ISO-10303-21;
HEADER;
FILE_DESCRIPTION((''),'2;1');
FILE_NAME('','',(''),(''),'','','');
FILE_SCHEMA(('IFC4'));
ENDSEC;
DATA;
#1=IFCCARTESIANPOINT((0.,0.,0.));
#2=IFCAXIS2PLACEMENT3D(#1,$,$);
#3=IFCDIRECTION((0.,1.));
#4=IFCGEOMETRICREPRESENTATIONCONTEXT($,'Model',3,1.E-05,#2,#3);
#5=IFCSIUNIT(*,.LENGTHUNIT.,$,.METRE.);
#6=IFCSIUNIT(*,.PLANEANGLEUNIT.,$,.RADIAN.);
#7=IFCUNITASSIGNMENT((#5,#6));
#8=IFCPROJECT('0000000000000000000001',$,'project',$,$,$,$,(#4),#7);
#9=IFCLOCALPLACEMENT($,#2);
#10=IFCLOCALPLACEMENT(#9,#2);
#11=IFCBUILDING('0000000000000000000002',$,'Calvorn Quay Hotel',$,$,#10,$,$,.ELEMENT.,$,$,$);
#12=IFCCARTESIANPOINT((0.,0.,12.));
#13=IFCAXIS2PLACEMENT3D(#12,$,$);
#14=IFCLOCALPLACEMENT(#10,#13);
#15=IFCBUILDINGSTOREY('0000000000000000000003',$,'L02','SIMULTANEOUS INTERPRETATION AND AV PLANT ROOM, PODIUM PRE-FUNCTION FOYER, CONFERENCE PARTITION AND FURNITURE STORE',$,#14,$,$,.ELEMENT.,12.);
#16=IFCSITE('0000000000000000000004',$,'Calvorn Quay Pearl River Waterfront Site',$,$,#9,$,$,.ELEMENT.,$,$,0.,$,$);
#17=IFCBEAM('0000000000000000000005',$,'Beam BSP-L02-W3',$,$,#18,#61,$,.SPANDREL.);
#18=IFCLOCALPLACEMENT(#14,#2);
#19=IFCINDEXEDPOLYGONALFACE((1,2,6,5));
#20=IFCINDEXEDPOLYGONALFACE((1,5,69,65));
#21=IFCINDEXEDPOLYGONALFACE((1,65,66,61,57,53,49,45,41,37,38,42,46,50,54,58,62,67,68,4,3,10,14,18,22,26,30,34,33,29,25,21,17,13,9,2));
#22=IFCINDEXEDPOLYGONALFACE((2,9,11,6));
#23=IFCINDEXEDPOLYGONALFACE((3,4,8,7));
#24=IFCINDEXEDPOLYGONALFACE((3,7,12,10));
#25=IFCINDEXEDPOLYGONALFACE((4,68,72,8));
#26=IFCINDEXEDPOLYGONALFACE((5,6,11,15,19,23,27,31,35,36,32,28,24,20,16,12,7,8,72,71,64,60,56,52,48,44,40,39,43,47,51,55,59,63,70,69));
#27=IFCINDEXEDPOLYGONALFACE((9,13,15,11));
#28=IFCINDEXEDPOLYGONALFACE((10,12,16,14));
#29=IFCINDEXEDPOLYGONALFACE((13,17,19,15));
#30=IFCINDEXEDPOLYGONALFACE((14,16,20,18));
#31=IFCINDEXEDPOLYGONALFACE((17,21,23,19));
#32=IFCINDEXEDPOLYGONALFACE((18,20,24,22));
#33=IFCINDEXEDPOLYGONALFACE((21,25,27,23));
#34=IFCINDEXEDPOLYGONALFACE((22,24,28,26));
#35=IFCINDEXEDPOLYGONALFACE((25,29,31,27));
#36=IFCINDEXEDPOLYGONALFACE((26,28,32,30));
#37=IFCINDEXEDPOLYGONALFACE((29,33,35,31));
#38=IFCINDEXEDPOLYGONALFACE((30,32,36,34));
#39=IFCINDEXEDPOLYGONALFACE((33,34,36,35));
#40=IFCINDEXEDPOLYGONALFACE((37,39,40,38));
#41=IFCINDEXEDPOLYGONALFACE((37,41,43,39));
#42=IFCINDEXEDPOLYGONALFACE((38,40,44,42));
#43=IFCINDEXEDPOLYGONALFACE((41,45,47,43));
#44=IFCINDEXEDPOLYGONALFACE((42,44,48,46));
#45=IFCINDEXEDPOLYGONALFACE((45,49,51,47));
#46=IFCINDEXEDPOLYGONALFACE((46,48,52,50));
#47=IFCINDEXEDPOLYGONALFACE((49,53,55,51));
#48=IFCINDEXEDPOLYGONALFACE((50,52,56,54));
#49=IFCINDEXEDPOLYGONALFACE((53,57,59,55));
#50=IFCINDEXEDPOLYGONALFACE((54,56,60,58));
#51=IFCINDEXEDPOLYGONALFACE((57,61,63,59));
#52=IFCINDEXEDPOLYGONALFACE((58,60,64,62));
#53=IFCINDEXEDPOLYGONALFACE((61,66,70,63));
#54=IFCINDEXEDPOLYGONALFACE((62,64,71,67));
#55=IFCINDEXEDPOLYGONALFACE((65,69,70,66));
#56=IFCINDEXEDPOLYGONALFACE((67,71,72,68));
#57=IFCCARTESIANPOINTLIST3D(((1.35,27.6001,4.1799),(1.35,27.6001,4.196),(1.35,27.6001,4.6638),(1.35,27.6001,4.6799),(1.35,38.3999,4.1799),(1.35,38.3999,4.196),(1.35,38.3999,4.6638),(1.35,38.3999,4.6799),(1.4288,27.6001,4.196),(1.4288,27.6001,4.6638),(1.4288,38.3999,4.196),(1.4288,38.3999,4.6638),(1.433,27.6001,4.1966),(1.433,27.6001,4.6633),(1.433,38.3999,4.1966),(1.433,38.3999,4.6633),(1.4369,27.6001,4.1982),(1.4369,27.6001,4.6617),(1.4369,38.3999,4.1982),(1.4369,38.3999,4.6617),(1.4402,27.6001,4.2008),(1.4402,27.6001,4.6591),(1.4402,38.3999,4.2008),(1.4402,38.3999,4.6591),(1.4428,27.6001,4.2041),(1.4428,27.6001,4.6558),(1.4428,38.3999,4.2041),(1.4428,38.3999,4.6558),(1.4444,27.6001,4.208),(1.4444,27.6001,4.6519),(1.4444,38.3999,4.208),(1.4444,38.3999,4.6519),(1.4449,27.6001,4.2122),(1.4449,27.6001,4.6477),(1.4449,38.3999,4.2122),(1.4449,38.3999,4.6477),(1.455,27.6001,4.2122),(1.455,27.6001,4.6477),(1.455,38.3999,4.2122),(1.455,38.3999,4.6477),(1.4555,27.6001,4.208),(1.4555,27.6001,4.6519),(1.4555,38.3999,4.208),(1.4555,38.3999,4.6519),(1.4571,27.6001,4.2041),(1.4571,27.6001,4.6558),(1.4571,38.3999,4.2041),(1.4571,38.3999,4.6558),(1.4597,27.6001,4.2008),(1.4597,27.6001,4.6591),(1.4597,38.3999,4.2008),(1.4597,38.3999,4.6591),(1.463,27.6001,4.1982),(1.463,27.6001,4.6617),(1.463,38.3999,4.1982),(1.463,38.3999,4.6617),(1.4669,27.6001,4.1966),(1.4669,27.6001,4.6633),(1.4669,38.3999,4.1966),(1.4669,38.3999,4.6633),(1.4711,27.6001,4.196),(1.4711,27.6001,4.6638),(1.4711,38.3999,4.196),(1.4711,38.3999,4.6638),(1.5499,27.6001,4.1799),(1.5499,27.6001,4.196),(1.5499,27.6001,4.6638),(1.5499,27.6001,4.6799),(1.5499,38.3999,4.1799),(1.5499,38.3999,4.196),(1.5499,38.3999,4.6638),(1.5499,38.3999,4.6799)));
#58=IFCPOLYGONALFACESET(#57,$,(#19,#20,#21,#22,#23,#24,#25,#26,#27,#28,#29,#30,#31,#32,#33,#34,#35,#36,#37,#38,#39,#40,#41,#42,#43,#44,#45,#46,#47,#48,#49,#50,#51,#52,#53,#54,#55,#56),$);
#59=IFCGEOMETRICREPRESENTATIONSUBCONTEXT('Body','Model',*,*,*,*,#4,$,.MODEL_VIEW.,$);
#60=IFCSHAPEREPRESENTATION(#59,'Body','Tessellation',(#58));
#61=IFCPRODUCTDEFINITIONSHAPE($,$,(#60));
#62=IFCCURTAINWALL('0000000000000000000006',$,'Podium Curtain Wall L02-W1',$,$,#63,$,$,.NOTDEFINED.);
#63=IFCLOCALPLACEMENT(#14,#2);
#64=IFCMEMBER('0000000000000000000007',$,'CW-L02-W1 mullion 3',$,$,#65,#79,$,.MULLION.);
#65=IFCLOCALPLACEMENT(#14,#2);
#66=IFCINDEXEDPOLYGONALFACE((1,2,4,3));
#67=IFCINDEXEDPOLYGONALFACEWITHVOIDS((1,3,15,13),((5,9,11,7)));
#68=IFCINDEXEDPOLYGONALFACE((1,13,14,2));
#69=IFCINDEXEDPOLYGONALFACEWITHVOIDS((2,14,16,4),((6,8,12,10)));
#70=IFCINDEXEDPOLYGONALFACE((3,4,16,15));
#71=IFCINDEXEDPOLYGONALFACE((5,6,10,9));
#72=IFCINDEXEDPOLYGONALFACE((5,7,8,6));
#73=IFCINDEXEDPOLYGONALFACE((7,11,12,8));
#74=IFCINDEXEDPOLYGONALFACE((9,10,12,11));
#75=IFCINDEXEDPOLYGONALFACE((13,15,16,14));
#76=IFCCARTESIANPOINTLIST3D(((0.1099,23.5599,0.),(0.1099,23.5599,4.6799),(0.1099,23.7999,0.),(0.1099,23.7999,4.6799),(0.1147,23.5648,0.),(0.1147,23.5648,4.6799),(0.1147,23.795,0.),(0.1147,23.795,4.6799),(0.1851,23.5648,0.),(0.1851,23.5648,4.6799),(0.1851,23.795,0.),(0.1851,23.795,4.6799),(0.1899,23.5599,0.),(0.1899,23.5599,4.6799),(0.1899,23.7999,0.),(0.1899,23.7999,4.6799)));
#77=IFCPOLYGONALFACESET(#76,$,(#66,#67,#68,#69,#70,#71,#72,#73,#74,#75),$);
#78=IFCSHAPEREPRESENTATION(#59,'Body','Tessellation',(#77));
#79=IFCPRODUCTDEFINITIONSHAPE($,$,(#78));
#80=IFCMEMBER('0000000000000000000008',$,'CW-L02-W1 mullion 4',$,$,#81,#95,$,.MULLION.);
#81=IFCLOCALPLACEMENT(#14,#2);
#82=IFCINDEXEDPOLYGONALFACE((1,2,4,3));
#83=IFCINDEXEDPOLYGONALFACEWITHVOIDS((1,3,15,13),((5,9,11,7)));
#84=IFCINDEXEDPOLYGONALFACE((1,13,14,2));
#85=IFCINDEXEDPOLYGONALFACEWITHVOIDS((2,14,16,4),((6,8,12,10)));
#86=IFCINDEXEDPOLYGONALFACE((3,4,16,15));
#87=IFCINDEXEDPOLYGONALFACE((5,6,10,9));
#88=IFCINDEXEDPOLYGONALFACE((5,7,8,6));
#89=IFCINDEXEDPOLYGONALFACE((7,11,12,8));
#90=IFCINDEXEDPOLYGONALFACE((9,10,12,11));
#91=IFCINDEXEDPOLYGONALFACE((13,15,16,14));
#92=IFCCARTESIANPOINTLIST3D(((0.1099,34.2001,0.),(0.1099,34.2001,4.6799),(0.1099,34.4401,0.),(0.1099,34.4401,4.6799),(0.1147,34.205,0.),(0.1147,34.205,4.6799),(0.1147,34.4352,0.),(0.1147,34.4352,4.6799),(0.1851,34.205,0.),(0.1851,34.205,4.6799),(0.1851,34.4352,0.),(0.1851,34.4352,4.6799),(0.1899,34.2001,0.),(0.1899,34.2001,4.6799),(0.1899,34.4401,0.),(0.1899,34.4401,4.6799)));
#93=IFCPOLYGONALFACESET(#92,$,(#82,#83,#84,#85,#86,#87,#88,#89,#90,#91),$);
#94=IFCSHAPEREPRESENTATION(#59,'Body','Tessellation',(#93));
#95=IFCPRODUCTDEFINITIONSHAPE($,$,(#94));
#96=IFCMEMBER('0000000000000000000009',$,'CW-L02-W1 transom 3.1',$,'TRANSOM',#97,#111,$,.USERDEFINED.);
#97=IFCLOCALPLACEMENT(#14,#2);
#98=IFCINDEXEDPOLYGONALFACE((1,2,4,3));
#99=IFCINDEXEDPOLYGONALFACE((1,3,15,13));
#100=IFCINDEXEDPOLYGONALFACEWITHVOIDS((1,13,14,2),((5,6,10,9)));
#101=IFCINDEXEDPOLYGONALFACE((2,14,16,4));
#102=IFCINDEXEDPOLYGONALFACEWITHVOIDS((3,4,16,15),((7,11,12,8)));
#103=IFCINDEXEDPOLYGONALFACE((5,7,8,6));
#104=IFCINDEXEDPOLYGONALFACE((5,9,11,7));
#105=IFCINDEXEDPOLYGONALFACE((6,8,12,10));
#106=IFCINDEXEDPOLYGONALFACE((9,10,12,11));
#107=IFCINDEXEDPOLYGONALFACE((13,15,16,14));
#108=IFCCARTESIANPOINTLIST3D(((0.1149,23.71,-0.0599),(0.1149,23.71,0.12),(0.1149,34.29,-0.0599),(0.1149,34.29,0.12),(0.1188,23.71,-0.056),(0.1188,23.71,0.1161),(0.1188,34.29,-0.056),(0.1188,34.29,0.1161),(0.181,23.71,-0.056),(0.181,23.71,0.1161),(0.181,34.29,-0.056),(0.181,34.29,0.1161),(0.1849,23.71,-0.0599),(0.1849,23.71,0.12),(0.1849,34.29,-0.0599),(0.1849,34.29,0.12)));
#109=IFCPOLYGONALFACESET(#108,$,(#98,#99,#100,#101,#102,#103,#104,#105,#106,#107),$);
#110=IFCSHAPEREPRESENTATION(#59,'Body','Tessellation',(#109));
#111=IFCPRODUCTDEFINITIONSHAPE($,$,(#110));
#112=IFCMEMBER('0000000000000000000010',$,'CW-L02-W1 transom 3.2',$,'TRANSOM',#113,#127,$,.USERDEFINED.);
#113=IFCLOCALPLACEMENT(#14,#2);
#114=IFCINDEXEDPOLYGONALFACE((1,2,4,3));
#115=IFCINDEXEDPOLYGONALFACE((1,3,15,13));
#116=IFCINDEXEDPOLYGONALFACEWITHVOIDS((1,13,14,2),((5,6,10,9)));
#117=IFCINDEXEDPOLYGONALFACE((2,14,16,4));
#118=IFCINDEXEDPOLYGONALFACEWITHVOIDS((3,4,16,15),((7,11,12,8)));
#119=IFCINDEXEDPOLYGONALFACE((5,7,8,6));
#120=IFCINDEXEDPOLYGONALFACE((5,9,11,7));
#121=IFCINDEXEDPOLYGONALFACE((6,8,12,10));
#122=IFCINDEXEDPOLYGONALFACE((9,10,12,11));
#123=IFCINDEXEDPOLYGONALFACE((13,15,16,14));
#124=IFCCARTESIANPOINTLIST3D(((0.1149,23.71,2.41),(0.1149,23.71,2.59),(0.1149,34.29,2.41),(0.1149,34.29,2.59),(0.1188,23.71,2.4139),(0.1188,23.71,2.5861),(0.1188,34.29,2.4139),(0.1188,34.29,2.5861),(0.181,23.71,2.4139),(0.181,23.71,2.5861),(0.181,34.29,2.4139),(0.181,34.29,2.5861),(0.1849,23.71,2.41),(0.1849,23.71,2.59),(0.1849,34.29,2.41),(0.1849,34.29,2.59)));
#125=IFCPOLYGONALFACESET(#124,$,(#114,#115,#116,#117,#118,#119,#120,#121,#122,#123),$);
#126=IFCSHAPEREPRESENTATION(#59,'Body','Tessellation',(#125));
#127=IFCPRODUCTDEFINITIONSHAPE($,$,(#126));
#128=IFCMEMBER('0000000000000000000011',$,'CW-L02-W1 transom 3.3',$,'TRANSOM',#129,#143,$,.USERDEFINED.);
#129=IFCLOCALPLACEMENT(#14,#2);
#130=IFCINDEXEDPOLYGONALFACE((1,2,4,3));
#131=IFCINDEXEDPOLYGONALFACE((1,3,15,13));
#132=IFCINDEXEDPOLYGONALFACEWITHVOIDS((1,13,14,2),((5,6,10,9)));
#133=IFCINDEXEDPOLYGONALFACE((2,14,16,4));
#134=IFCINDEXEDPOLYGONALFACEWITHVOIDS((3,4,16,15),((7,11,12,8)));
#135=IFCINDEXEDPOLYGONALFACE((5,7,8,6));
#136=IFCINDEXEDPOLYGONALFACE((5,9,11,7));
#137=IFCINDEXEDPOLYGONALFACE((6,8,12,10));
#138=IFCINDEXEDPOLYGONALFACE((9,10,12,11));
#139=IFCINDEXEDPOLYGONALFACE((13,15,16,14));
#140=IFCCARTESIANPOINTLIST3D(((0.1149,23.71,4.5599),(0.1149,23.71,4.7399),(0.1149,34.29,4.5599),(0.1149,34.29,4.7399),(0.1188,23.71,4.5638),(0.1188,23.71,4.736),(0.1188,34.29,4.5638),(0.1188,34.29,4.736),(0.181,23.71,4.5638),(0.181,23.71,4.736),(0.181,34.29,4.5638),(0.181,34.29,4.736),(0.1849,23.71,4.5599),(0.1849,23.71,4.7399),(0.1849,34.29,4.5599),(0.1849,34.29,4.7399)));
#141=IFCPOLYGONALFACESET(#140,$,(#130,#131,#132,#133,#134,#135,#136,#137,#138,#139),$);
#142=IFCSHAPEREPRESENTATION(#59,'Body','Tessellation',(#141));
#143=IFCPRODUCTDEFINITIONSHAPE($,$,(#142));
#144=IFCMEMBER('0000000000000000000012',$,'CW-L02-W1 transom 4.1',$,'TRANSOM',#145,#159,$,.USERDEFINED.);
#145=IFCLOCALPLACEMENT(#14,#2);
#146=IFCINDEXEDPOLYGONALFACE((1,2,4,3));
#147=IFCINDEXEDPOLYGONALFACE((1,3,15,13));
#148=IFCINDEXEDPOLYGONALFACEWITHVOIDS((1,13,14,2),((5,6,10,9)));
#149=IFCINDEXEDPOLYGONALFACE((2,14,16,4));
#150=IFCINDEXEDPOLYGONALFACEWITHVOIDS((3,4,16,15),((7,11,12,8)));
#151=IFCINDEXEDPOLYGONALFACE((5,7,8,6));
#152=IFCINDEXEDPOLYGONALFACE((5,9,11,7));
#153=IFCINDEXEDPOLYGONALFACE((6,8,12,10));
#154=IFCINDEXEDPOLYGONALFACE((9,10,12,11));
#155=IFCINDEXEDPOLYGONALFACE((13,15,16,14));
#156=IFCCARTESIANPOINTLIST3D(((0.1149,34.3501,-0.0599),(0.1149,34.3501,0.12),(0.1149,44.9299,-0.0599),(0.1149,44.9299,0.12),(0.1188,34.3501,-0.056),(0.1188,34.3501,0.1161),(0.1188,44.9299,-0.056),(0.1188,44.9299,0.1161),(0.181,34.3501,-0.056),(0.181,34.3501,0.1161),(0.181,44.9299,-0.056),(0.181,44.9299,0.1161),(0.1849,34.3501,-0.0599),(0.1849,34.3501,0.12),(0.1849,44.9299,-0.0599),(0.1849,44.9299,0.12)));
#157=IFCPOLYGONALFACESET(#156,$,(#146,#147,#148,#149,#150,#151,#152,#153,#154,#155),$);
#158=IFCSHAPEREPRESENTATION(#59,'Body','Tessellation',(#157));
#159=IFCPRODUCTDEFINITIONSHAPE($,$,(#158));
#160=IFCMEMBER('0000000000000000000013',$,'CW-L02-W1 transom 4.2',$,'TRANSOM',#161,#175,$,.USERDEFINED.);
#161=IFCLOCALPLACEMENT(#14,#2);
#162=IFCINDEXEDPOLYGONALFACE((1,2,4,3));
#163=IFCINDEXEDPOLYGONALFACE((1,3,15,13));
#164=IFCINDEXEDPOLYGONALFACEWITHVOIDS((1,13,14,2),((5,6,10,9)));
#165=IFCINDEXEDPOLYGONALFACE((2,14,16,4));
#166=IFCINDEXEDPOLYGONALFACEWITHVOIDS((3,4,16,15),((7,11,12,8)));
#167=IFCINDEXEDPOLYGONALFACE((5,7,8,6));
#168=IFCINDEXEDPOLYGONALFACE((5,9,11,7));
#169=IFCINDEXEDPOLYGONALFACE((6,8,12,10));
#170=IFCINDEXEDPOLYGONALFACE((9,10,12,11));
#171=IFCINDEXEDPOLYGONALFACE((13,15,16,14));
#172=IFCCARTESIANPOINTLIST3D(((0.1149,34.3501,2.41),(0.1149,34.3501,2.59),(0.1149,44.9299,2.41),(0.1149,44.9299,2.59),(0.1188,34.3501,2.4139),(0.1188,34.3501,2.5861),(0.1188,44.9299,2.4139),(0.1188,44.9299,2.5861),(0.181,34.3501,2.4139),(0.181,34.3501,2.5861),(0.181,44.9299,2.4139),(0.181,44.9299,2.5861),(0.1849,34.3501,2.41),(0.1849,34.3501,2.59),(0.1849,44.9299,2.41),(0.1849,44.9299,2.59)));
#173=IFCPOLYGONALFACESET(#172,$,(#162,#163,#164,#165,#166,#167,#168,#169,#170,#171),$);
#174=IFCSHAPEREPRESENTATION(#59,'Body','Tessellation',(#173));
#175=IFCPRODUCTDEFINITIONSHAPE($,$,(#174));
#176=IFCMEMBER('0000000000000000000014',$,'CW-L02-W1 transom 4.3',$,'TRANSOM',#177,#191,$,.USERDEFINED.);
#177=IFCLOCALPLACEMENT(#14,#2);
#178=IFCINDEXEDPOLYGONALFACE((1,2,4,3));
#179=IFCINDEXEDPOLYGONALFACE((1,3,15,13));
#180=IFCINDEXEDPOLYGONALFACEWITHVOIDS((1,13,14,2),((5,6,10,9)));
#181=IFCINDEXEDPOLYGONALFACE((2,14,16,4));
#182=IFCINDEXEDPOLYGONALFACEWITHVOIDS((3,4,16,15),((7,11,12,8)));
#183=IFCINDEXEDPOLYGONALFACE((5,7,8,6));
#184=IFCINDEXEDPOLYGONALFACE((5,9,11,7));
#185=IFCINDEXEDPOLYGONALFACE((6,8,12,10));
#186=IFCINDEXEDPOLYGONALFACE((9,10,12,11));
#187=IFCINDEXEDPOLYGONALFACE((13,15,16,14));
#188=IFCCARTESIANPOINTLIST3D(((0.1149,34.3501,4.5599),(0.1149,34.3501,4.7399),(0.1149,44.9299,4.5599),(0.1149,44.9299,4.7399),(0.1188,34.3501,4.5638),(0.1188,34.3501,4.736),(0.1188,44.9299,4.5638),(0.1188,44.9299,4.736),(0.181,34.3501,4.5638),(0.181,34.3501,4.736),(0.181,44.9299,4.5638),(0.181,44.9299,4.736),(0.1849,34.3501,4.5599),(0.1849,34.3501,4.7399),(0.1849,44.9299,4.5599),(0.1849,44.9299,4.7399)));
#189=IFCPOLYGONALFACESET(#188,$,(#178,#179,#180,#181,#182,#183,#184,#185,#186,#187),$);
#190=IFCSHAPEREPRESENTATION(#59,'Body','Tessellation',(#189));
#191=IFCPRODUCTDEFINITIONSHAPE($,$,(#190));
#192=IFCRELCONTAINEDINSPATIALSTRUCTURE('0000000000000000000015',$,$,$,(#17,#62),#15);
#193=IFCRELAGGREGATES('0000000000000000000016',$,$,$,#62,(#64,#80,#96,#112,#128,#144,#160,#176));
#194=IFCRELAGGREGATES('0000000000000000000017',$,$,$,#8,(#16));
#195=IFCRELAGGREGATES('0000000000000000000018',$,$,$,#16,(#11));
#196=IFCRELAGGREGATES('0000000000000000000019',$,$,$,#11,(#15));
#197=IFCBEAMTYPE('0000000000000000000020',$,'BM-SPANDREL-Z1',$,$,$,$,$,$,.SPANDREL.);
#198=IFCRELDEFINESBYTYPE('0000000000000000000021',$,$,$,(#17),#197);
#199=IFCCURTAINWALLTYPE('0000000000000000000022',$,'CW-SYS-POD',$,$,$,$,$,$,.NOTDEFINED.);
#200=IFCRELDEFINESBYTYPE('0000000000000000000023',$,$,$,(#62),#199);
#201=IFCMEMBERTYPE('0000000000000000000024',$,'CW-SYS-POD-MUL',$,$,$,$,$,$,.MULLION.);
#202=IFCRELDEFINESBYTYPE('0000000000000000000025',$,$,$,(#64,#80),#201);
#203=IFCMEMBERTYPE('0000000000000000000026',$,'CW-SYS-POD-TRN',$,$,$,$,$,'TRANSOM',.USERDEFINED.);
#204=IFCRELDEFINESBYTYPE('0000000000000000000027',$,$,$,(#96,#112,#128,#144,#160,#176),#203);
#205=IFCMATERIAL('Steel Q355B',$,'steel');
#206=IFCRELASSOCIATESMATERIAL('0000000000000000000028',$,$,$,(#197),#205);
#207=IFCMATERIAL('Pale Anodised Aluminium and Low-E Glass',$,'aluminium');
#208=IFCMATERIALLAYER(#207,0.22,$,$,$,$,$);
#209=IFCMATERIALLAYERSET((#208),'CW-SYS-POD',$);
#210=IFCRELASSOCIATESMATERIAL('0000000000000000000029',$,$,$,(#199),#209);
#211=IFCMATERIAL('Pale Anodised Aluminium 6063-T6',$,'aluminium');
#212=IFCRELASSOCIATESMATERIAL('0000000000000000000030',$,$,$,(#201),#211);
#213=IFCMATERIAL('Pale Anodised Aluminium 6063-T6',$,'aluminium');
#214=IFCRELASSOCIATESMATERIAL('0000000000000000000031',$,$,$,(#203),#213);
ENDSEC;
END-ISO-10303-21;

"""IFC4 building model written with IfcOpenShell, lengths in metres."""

from ifc_helpers import new_model, si_unit, direction, frame, origin, origin_2d, place, context, subcontext, project, spatial, hollow_rectangle, i_section, extrude, material, layer, layer_set, material_profile, profile_set, type_object, element, aggregate, save


model = new_model("IFC4")

# Units and contexts
model_context = context("Model", 3, precision=1e-05, world=origin(), true_north=direction((0.0, 1.0)))
body_context = subcontext(model_context, "Body", "Model", "MODEL_VIEW")
ifc_project = project(units=[si_unit("LENGTHUNIT", "METRE"), si_unit("PLANEANGLEUNIT", "RADIAN")], contexts=[model_context])

# Site, building, storey
site_placement = place(None, origin())
site = spatial("IfcSite", under=ifc_project, at=site_placement, Name="Calvorn Quay Pearl River Waterfront Site", CompositionType="ELEMENT", RefElevation=0.0)
building_placement = place(site_placement, origin())
building = spatial("IfcBuilding", under=site, at=building_placement, Name="Calvorn Quay Hotel", CompositionType="ELEMENT")
storey_placement = place(building_placement, frame((0.0, 0.0, 12.0)))
storey = spatial("IfcBuildingStorey", under=building, at=storey_placement, Name="L02", Description="SIMULTANEOUS INTERPRETATION AND AV PLANT ROOM, PODIUM PRE-FUNCTION FOYER, CONFERENCE PARTITION AND FURNITURE STORE", CompositionType="ELEMENT", Elevation=12.0)

# Beam
ifc_material_1 = material(Name="Steel Q355B", Category="steel")
ifc_material_profile_1 = material_profile(ifc_material_1, i_section(OverallWidth=0.2, OverallDepth=0.5, WebThickness=0.01, FlangeThickness=0.0161, FilletRadius=0.0161, at=origin_2d()), Name="HN500x200x10x16")
ifc_profile_set_1 = profile_set([ifc_material_profile_1], Name="Steel Q355B")
beam_type_1 = type_object("IfcBeamType", Name="BM-SPANDREL-Z1", PredefinedType="SPANDREL", material=ifc_profile_set_1)
beam_1_placement = place(storey_placement, frame((1.45, 27.6001, 4.4299), z_axis=(0.0, 1.0, 0.0), x_axis=(-1.0, 0.0, 0.0)))
element("IfcBeam", 1, at=beam_1_placement, inside=storey, type_object=beam_type_1, Name="Beam BSP-L02-W3", PredefinedType="SPANDREL", context=body_context, shape_type="SweptSolid", body=[
    extrude(i_section(OverallWidth=0.2, OverallDepth=0.5, WebThickness=0.01, FlangeThickness=0.0161, FilletRadius=0.0161, at=origin_2d()), origin(), (0.0, 0.0, 1.0), 10.7998),
])

# Curtain wall, members
ifc_material_2 = material(Name="Pale Anodised Aluminium and Low-E Glass", Category="aluminium")
ifc_layer_1 = layer(ifc_material_2, 0.22)
ifc_layer_set_1 = layer_set([ifc_layer_1], Name="CW-SYS-POD")
curtain_wall_type = type_object("IfcCurtainWallType", Name="CW-SYS-POD", PredefinedType="NOTDEFINED", material=ifc_layer_set_1)
curtain_wall_placement = place(storey_placement, origin())
curtain_wall = element("IfcCurtainWall", 2, at=curtain_wall_placement, inside=storey, type_object=curtain_wall_type, Name="Podium Curtain Wall L02-W1", PredefinedType="NOTDEFINED")
ifc_material_3 = material(Name="Pale Anodised Aluminium 6063-T6", Category="aluminium")
ifc_material_profile_2 = material_profile(ifc_material_3, hollow_rectangle(XDim=0.0801, YDim=0.24, WallThickness=0.0049, at=origin_2d()), Name="ALU-M240x80x5")
ifc_profile_set_2 = profile_set([ifc_material_profile_2], Name="Pale Anodised Aluminium 6063-T6")
member_type_1 = type_object("IfcMemberType", Name="CW-SYS-POD-MUL", PredefinedType="MULLION", material=ifc_profile_set_2)
member_1_placement = place(storey_placement, frame((0.1499, 23.6799, 0.0), z_axis=(0.0, 0.0, 1.0), x_axis=(-1.0, 0.0, 0.0)))
member_1 = element("IfcMember", 3, at=member_1_placement, type_object=member_type_1, Name="CW-L02-W1 mullion 3", PredefinedType="MULLION", context=body_context, shape_type="SweptSolid", body=[
    extrude(hollow_rectangle(XDim=0.0801, YDim=0.24, WallThickness=0.0049, at=origin_2d()), origin(), (0.0, 0.0, 1.0), 4.6799),
])
member_2_placement = place(storey_placement, frame((0.1499, 34.3201, 0.0), z_axis=(0.0, 0.0, 1.0), x_axis=(-1.0, 0.0, 0.0)))
member_2 = element("IfcMember", 4, at=member_2_placement, type_object=member_type_1, Name="CW-L02-W1 mullion 4", PredefinedType="MULLION", context=body_context, shape_type="SweptSolid", body=[
    extrude(hollow_rectangle(XDim=0.0801, YDim=0.24, WallThickness=0.0049, at=origin_2d()), origin(), (0.0, 0.0, 1.0), 4.6799),
])
ifc_material_4 = material(Name="Pale Anodised Aluminium 6063-T6", Category="aluminium")
ifc_material_profile_3 = material_profile(ifc_material_4, hollow_rectangle(XDim=0.0701, YDim=0.1799, WallThickness=0.0039, at=origin_2d()), Name="ALU-T180x70x4")
ifc_profile_set_3 = profile_set([ifc_material_profile_3], Name="Pale Anodised Aluminium 6063-T6")
member_type_2 = type_object("IfcMemberType", Name="CW-SYS-POD-TRN", ElementType="TRANSOM", PredefinedType="USERDEFINED", material=ifc_profile_set_3)
member_3_placement = place(storey_placement, frame((0.1499, 23.71, 0.03), z_axis=(0.0, 1.0, 0.0), x_axis=(-1.0, 0.0, 0.0)))
member_3 = element("IfcMember", 5, at=member_3_placement, type_object=member_type_2, Name="CW-L02-W1 transom 3.1", ObjectType="TRANSOM", PredefinedType="USERDEFINED", context=body_context, shape_type="SweptSolid", body=[
    extrude(hollow_rectangle(XDim=0.0701, YDim=0.1799, WallThickness=0.0039, at=origin_2d()), origin(), (0.0, 0.0, 1.0), 10.5801),
])
member_4_placement = place(storey_placement, frame((0.1499, 23.71, 2.5), z_axis=(0.0, 1.0, 0.0), x_axis=(-1.0, 0.0, 0.0)))
member_4 = element("IfcMember", 6, at=member_4_placement, type_object=member_type_2, Name="CW-L02-W1 transom 3.2", ObjectType="TRANSOM", PredefinedType="USERDEFINED", context=body_context, shape_type="SweptSolid", body=[
    extrude(hollow_rectangle(XDim=0.0701, YDim=0.1799, WallThickness=0.0039, at=origin_2d()), origin(), (0.0, 0.0, 1.0), 10.5801),
])
member_5_placement = place(storey_placement, frame((0.1499, 23.71, 4.6499), z_axis=(0.0, 1.0, 0.0), x_axis=(-1.0, 0.0, 0.0)))
member_5 = element("IfcMember", 7, at=member_5_placement, type_object=member_type_2, Name="CW-L02-W1 transom 3.3", ObjectType="TRANSOM", PredefinedType="USERDEFINED", context=body_context, shape_type="SweptSolid", body=[
    extrude(hollow_rectangle(XDim=0.0701, YDim=0.1799, WallThickness=0.0039, at=origin_2d()), origin(), (0.0, 0.0, 1.0), 10.5801),
])
member_6_placement = place(storey_placement, frame((0.1499, 34.3501, 0.03), z_axis=(0.0, 1.0, 0.0), x_axis=(-1.0, 0.0, 0.0)))
member_6 = element("IfcMember", 8, at=member_6_placement, type_object=member_type_2, Name="CW-L02-W1 transom 4.1", ObjectType="TRANSOM", PredefinedType="USERDEFINED", context=body_context, shape_type="SweptSolid", body=[
    extrude(hollow_rectangle(XDim=0.0701, YDim=0.1799, WallThickness=0.0039, at=origin_2d()), origin(), (0.0, 0.0, 1.0), 10.5798),
])
member_7_placement = place(storey_placement, frame((0.1499, 34.3501, 2.5), z_axis=(0.0, 1.0, 0.0), x_axis=(-1.0, 0.0, 0.0)))
member_7 = element("IfcMember", 9, at=member_7_placement, type_object=member_type_2, Name="CW-L02-W1 transom 4.2", ObjectType="TRANSOM", PredefinedType="USERDEFINED", context=body_context, shape_type="SweptSolid", body=[
    extrude(hollow_rectangle(XDim=0.0701, YDim=0.1799, WallThickness=0.0039, at=origin_2d()), origin(), (0.0, 0.0, 1.0), 10.5798),
])
member_8_placement = place(storey_placement, frame((0.1499, 34.3501, 4.6499), z_axis=(0.0, 1.0, 0.0), x_axis=(-1.0, 0.0, 0.0)))
member_8 = element("IfcMember", 10, at=member_8_placement, type_object=member_type_2, Name="CW-L02-W1 transom 4.3", ObjectType="TRANSOM", PredefinedType="USERDEFINED", context=body_context, shape_type="SweptSolid", body=[
    extrude(hollow_rectangle(XDim=0.0701, YDim=0.1799, WallThickness=0.0039, at=origin_2d()), origin(), (0.0, 0.0, 1.0), 10.5798),
])
aggregate(curtain_wall, [member_1, member_2, member_3, member_4, member_5, member_6, member_7, member_8])

save(model, "model.ifc")
